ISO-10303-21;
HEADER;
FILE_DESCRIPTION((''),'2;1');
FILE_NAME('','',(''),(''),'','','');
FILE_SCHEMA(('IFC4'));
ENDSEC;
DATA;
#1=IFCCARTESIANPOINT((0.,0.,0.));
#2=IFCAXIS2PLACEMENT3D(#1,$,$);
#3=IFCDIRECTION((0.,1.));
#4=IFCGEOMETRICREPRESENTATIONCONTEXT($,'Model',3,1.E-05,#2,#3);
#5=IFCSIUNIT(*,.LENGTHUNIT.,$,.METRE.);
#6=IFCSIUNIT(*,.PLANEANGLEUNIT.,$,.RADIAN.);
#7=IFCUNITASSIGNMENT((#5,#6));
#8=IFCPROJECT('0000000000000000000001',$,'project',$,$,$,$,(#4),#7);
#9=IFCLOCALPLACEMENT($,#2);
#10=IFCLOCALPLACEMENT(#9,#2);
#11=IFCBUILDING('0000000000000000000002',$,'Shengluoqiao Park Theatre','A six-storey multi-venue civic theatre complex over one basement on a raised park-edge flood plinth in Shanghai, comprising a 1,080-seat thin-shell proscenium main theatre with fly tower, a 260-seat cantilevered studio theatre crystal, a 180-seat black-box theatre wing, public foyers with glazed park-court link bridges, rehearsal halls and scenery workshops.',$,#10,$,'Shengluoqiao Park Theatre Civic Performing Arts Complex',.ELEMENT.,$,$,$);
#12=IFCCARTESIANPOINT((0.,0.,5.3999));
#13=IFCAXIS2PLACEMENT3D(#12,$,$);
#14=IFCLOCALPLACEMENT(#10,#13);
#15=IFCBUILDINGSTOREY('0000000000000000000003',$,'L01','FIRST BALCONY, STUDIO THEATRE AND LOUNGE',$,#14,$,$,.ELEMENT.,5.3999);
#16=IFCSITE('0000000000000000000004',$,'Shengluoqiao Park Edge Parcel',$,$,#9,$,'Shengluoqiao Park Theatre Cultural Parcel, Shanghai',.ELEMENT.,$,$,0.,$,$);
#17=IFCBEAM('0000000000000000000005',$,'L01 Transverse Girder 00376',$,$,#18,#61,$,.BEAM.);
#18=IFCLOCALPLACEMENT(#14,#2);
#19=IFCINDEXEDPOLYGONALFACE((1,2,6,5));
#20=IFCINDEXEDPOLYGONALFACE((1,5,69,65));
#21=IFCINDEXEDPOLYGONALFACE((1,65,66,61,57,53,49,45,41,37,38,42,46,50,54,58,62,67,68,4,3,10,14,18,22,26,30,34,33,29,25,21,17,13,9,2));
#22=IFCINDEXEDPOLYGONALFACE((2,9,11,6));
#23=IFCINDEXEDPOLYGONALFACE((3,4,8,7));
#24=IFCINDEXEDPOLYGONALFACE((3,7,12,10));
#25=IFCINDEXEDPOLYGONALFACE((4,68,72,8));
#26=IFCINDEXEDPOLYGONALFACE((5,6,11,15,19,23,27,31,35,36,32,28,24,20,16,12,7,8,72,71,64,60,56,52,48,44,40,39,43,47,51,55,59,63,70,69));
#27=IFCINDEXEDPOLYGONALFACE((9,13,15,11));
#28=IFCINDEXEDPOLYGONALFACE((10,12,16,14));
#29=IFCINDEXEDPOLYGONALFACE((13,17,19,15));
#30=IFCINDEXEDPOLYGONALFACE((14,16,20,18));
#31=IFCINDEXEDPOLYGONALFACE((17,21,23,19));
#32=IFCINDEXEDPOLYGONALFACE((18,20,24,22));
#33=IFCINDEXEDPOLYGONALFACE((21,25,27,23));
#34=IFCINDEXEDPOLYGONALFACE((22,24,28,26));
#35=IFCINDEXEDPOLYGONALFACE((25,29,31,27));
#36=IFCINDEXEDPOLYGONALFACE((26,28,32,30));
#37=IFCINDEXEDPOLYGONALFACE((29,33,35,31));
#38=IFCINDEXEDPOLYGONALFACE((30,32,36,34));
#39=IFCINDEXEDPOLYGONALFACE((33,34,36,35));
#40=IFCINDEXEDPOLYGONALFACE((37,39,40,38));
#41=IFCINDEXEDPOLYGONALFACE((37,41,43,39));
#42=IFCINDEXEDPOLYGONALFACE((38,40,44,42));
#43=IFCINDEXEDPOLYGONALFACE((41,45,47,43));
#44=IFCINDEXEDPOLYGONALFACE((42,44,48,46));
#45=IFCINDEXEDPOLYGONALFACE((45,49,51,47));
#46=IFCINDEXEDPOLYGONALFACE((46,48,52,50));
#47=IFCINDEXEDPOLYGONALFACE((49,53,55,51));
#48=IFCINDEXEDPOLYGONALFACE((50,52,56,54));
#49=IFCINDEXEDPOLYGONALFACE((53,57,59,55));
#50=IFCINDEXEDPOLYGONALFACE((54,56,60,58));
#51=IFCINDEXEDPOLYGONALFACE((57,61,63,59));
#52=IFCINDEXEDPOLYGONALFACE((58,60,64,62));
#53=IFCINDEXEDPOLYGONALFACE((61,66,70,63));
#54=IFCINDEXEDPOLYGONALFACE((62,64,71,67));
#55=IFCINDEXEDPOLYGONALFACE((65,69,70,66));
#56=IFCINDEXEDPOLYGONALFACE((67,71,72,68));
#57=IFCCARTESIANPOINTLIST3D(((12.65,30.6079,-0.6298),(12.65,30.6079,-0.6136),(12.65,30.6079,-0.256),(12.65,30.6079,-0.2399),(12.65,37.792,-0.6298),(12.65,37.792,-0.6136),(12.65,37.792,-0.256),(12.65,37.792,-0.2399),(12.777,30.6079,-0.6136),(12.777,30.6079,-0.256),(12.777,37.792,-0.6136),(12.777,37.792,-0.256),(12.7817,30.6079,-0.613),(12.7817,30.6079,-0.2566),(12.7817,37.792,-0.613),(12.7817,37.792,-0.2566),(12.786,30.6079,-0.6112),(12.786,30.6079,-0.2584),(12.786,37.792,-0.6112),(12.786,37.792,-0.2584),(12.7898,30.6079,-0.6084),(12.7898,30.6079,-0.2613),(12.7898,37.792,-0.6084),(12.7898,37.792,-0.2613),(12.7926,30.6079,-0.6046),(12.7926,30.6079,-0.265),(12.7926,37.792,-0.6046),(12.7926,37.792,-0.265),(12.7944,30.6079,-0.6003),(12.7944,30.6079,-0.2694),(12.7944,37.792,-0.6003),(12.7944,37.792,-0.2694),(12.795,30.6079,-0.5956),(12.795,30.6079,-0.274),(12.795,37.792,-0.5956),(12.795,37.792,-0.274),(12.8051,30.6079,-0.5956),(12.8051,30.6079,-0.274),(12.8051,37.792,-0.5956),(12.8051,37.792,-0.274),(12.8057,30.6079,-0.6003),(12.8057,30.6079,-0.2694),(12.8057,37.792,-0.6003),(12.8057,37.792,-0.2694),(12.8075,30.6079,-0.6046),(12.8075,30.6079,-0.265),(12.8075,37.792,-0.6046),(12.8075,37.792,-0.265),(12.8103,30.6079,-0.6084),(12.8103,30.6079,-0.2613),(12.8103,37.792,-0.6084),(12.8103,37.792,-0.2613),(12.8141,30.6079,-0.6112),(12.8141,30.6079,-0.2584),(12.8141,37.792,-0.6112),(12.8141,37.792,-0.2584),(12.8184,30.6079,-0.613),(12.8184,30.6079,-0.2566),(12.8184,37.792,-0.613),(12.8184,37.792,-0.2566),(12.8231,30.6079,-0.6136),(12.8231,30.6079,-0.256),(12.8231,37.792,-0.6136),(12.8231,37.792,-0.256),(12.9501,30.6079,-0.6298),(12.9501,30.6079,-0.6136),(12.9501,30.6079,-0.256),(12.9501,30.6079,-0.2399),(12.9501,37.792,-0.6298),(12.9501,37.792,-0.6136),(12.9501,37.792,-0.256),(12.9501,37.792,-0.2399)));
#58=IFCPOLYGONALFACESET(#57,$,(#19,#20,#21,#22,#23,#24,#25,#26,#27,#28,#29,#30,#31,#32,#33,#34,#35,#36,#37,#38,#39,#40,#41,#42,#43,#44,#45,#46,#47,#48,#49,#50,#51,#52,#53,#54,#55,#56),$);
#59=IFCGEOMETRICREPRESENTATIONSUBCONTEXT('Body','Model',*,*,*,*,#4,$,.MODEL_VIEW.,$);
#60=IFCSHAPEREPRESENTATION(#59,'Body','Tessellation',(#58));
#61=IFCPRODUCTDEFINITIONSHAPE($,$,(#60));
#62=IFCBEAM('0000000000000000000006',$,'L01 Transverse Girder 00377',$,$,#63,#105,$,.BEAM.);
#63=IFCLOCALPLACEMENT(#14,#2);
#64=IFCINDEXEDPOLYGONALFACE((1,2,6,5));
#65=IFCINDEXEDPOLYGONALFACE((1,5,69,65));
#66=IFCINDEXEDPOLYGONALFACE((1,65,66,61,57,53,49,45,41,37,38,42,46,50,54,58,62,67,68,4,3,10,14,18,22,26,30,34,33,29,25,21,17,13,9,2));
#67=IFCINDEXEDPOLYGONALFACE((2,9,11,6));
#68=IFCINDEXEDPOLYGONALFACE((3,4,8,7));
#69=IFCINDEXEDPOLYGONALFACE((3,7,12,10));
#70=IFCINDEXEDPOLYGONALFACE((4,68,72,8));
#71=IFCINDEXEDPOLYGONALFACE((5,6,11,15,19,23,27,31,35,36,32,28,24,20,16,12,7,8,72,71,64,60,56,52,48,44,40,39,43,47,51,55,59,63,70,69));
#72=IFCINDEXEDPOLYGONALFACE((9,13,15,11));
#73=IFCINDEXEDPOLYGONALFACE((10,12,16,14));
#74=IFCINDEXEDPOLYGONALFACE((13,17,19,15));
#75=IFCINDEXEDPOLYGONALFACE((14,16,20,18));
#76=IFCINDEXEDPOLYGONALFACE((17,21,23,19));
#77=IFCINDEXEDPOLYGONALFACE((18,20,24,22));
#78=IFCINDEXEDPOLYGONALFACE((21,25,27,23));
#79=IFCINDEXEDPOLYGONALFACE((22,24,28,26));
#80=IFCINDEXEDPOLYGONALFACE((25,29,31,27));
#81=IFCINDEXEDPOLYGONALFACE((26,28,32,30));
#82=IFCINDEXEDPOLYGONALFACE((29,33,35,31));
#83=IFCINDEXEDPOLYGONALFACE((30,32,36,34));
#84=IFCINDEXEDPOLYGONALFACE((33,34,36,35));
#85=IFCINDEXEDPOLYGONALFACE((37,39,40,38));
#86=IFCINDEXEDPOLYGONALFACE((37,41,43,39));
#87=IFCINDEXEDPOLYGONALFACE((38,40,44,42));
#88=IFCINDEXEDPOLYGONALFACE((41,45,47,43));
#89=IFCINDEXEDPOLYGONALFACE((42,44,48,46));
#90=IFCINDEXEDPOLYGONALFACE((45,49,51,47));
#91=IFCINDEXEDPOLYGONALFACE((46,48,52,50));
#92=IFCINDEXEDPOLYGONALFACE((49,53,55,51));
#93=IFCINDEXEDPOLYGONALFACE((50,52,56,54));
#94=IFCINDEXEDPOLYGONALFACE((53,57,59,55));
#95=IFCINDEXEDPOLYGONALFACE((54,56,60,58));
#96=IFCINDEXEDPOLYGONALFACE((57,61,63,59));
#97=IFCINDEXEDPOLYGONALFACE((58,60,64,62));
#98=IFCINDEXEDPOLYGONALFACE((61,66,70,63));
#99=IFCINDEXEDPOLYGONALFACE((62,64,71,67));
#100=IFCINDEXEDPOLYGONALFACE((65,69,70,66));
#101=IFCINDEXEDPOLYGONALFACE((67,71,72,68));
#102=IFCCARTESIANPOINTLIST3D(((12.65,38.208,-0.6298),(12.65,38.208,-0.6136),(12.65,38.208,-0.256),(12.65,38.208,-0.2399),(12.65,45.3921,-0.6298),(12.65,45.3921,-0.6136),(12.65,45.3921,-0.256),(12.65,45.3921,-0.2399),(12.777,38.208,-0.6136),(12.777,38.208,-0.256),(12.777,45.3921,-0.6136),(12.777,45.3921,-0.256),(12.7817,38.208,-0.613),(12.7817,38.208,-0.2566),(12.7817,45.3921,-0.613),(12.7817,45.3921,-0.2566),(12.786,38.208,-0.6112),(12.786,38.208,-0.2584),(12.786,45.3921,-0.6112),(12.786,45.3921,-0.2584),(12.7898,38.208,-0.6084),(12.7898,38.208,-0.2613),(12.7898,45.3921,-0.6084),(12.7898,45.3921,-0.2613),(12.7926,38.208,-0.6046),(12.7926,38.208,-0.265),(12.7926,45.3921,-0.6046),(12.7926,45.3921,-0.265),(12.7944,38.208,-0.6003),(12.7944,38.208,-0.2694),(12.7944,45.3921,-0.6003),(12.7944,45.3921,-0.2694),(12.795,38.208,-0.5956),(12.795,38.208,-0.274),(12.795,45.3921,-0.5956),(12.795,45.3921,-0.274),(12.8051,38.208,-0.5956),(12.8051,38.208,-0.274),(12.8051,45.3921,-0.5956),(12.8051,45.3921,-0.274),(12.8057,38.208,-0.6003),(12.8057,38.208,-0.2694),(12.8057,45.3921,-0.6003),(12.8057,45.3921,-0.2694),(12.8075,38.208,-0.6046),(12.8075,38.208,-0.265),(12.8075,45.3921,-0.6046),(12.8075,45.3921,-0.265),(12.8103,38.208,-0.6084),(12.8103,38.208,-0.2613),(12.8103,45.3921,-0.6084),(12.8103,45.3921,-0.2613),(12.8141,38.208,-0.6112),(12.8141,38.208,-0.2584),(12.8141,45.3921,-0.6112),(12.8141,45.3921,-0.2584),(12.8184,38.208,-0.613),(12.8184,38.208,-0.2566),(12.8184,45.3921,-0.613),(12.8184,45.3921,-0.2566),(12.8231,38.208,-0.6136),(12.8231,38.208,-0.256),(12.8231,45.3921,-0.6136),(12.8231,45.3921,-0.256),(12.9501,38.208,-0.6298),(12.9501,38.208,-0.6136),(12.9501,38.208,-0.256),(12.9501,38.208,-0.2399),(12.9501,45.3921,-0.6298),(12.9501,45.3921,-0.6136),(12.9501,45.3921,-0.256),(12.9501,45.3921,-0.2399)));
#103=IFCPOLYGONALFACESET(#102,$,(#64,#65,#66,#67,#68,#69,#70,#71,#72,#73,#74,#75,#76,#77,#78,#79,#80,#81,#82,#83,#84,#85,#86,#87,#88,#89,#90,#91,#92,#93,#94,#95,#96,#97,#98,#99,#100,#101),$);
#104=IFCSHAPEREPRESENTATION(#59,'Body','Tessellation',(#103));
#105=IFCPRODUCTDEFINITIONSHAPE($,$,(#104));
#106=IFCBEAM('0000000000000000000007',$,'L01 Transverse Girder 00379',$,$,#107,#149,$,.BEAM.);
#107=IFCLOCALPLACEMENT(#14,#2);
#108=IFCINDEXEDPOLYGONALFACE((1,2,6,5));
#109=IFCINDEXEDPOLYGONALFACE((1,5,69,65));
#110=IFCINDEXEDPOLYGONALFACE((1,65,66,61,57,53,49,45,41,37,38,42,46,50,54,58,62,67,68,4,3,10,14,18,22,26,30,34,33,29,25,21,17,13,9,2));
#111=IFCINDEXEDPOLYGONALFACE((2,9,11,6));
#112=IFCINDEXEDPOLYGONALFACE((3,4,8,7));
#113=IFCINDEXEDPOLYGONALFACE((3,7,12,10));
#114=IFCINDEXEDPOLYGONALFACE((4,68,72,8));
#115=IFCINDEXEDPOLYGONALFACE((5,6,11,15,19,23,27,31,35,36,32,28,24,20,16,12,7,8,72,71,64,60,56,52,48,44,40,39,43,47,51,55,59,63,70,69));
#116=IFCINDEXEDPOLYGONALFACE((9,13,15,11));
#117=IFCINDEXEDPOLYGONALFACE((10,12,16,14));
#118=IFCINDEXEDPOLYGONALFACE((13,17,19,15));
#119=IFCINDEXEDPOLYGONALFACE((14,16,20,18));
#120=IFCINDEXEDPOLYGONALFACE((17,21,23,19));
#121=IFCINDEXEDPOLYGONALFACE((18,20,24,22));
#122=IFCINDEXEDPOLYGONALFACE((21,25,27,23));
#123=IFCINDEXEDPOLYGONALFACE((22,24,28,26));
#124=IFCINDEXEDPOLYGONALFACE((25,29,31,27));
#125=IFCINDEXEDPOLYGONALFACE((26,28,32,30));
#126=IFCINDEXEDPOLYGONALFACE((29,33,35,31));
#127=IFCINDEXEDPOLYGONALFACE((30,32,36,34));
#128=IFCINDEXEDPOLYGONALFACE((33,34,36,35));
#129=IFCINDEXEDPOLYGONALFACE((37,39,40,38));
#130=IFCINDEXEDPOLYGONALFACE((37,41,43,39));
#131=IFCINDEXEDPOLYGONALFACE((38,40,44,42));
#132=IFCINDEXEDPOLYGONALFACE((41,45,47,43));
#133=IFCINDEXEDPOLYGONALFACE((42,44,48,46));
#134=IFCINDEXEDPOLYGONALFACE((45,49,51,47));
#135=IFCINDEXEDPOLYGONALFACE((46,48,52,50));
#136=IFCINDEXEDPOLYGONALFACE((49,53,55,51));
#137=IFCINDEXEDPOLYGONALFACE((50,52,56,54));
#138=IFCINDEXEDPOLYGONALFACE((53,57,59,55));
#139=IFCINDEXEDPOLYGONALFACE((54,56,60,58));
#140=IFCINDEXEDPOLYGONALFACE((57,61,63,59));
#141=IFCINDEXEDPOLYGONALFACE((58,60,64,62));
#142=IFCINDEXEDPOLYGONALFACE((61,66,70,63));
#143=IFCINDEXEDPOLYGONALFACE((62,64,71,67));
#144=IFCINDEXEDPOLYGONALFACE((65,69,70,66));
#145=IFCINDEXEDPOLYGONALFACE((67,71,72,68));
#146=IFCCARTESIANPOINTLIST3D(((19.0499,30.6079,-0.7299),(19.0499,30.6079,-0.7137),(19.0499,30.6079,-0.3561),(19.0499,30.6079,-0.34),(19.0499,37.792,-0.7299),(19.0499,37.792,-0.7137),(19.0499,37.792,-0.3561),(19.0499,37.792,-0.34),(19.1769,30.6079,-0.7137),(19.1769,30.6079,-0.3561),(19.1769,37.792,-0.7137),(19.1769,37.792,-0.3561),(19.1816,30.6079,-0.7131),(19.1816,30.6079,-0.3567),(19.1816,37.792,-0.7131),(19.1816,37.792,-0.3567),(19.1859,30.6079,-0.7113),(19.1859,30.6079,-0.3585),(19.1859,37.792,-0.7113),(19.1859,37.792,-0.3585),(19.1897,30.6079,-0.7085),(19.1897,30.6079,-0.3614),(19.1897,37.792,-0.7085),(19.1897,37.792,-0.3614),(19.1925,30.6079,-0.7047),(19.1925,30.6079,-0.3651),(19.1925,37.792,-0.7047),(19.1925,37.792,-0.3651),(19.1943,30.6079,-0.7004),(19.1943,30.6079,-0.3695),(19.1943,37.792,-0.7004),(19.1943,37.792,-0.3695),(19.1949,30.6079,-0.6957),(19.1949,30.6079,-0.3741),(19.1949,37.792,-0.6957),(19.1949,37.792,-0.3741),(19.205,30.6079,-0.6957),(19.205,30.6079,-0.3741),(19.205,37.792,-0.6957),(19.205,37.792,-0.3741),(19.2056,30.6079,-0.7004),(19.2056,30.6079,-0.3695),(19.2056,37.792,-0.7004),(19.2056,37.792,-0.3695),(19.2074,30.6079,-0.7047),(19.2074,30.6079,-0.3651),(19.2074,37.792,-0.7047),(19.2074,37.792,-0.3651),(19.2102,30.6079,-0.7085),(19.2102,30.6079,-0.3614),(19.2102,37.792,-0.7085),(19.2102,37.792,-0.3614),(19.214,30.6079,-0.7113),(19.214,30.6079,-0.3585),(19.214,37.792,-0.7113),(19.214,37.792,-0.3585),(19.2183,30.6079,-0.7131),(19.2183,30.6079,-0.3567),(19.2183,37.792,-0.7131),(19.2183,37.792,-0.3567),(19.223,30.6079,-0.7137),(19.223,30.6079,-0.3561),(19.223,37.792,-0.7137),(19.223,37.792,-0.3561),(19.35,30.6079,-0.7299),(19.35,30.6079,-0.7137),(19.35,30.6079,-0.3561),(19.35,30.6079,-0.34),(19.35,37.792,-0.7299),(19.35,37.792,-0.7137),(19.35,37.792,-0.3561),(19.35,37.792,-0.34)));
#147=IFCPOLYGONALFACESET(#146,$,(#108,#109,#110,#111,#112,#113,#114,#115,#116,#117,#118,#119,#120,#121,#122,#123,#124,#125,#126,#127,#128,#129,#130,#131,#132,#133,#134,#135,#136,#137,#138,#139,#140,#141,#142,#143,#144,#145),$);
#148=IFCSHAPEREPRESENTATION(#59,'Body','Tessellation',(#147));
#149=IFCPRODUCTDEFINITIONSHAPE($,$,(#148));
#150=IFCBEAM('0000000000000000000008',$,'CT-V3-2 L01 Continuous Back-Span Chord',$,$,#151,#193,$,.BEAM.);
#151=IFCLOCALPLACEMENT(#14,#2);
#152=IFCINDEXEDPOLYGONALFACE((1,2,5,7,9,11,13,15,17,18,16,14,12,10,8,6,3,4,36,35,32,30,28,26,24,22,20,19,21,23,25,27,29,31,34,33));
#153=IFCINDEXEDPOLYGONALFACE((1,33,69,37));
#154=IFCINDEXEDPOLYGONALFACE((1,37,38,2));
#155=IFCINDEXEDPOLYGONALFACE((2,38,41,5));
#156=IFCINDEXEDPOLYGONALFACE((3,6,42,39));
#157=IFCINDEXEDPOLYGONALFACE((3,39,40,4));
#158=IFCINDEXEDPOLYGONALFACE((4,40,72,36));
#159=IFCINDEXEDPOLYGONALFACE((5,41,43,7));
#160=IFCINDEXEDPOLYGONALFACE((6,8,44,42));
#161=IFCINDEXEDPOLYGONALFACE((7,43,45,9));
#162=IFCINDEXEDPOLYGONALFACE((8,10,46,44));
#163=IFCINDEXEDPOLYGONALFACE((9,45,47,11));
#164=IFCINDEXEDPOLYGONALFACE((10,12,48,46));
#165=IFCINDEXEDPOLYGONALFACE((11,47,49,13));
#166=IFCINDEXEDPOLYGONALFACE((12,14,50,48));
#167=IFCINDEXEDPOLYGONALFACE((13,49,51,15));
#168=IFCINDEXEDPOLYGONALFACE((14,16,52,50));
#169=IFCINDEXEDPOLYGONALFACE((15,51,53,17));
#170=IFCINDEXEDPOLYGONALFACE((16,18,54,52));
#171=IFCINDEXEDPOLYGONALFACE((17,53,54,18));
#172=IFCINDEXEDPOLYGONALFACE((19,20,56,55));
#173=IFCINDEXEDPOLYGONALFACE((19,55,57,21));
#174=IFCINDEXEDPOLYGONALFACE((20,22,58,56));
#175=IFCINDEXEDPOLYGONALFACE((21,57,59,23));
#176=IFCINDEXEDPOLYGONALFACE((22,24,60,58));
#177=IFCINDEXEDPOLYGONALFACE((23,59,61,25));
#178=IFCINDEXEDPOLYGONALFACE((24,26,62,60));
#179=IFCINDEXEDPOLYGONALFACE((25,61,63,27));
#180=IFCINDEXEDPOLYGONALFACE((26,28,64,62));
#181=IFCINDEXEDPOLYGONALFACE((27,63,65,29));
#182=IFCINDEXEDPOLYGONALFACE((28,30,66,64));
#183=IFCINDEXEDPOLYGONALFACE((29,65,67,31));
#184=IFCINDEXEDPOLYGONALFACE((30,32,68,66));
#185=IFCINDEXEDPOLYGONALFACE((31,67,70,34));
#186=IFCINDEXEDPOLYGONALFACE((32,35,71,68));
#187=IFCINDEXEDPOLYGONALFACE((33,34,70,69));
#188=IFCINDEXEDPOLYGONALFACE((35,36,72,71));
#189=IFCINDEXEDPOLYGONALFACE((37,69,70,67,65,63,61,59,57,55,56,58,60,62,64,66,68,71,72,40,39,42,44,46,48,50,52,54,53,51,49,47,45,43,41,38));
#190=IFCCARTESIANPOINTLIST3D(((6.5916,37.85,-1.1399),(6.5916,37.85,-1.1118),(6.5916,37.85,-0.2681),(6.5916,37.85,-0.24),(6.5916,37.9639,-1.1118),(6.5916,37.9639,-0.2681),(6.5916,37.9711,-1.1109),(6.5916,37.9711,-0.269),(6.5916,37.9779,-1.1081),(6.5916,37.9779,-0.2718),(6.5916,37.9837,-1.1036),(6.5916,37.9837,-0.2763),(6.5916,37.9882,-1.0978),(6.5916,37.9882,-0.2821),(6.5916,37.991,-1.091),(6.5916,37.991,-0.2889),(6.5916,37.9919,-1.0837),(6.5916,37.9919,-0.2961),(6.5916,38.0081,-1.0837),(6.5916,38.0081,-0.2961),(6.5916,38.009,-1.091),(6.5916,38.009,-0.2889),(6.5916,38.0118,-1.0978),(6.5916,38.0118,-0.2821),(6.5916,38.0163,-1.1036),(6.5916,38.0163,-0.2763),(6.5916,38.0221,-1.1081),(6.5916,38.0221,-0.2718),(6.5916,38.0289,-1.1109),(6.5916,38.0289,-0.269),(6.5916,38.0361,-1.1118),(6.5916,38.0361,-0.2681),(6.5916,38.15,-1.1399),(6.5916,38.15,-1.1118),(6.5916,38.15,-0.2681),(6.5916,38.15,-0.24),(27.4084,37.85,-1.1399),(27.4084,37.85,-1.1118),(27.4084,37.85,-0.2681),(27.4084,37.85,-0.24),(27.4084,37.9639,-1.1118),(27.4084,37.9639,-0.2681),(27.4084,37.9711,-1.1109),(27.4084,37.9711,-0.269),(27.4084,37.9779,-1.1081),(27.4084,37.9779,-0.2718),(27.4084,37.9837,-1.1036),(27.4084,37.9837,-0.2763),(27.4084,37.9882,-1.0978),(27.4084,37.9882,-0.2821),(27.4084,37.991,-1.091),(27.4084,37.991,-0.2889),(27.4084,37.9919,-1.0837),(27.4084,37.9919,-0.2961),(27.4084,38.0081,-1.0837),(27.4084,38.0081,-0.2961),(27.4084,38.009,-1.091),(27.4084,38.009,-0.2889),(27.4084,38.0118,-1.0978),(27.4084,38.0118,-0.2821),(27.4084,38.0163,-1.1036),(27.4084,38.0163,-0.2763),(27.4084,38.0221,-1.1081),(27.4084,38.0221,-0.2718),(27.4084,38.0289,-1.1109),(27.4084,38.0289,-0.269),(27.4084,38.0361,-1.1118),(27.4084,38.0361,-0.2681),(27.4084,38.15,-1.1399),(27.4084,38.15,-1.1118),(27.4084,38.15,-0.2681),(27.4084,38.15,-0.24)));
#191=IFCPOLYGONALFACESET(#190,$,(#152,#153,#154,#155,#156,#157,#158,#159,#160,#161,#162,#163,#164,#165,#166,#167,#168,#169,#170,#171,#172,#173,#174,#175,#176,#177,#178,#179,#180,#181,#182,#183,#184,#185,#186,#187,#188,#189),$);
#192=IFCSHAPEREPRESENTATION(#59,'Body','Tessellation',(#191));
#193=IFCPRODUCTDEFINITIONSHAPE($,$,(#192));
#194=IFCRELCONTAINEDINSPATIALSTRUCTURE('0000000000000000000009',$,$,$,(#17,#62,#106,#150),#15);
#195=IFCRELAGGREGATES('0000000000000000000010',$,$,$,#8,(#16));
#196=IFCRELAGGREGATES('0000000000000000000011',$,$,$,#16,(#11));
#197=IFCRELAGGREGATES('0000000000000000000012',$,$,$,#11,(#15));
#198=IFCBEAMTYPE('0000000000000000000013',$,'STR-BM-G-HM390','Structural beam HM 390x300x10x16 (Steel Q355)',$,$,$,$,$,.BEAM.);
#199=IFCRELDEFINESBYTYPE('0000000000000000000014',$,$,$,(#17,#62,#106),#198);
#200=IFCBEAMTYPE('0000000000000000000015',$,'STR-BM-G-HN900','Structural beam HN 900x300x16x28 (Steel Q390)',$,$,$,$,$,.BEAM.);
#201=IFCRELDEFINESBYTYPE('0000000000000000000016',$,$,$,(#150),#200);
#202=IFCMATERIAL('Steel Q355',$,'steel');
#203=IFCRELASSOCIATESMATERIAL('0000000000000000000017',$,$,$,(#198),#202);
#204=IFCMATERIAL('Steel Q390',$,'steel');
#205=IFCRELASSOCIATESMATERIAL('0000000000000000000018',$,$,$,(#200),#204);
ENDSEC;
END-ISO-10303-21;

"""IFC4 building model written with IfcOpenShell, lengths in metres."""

from ifc_helpers import new_model, si_unit, direction, frame, origin, origin_2d, place, context, subcontext, project, spatial, i_section, extrude, material, material_profile, profile_set, type_object, element, save


model = new_model("IFC4")

# Units and contexts
model_context = context("Model", 3, precision=1e-05, world=origin(), true_north=direction((0.0, 1.0)))
body_context = subcontext(model_context, "Body", "Model", "MODEL_VIEW")
ifc_project = project(units=[si_unit("LENGTHUNIT", "METRE"), si_unit("PLANEANGLEUNIT", "RADIAN")], contexts=[model_context])

# Site, building, storey
site_placement = place(None, origin())
site = spatial("IfcSite", under=ifc_project, at=site_placement, Name="Shengluoqiao Park Edge Parcel", LongName="Shengluoqiao Park Theatre Cultural Parcel, Shanghai", CompositionType="ELEMENT", RefElevation=0.0)
building_placement = place(site_placement, origin())
building = spatial("IfcBuilding", under=site, at=building_placement, Name="Shengluoqiao Park Theatre", Description="A six-storey multi-venue civic theatre complex over one basement on a raised park-edge flood plinth in Shanghai, comprising a 1,080-seat thin-shell proscenium main theatre with fly tower, a 260-seat cantilevered studio theatre crystal, a 180-seat black-box theatre wing, public foyers with glazed park-court link bridges, rehearsal halls and scenery workshops.", LongName="Shengluoqiao Park Theatre Civic Performing Arts Complex", CompositionType="ELEMENT")
storey_placement = place(building_placement, frame((0.0, 0.0, 5.3999)))
storey = spatial("IfcBuildingStorey", under=building, at=storey_placement, Name="L01", Description="FIRST BALCONY, STUDIO THEATRE AND LOUNGE", CompositionType="ELEMENT", Elevation=5.3999)

# Shared definitions
ifc_material_1 = material(Name="Steel Q355", Category="steel")

# Beams
ifc_material_profile_1 = material_profile(ifc_material_1, i_section(OverallWidth=0.3, OverallDepth=0.3899, WebThickness=0.01, FlangeThickness=0.0161, FilletRadius=0.0181, at=origin_2d()), Name="HM 390x300x10x16")
ifc_profile_set_1 = profile_set([ifc_material_profile_1], Name="Steel Q355")
beam_type_1 = type_object("IfcBeamType", Name="STR-BM-G-HM390", Description="Structural beam HM 390x300x10x16 (Steel Q355)", PredefinedType="BEAM", material=ifc_profile_set_1)
for number, where, z_axis, x_axis, name in (
    (1, (12.8, 30.6079, -0.4348), (0.0, 1.0, 0.0), (-1.0, 0.0, 0.0), "L01 Transverse Girder 00376"),
    (2, (12.8, 38.208, -0.4348), (0.0, 1.0, 0.0), (-1.0, 0.0, 0.0), "L01 Transverse Girder 00377"),
    (3, (19.2, 30.6079, -0.5349), (0.0, 1.0, 0.0), (-1.0, 0.0, 0.0), "L01 Transverse Girder 00379"),
):
    element("IfcBeam", number, at=place(storey_placement, frame(where, z_axis=z_axis, x_axis=x_axis)), inside=storey, type_object=beam_type_1, Name=name, PredefinedType="BEAM", context=body_context, shape_type="SweptSolid", body=[
        extrude(i_section(OverallWidth=0.3, OverallDepth=0.3899, WebThickness=0.01, FlangeThickness=0.0161, FilletRadius=0.0181, at=origin_2d()), origin(), (0.0, 0.0, 1.0), 7.1841),
    ])
ifc_material_2 = material(Name="Steel Q390", Category="steel")
ifc_material_profile_2 = material_profile(ifc_material_2, i_section(OverallWidth=0.3, OverallDepth=0.8999, WebThickness=0.0161, FlangeThickness=0.0281, FilletRadius=0.0281, at=origin_2d()), Name="HN 900x300x16x28")
ifc_profile_set_2 = profile_set([ifc_material_profile_2], Name="Steel Q390")
beam_type_2 = type_object("IfcBeamType", Name="STR-BM-G-HN900", Description="Structural beam HN 900x300x16x28 (Steel Q390)", PredefinedType="BEAM", material=ifc_profile_set_2)
for number, where, z_axis, x_axis, name in (
    (4, (6.5916, 38.0, -0.6899), (1.0, 0.0, 0.0), (0.0, 1.0, 0.0), "CT-V3-2 L01 Continuous Back-Span Chord"),
):
    element("IfcBeam", number, at=place(storey_placement, frame(where, z_axis=z_axis, x_axis=x_axis)), inside=storey, type_object=beam_type_2, Name=name, PredefinedType="BEAM", context=body_context, shape_type="SweptSolid", body=[
        extrude(i_section(OverallWidth=0.3, OverallDepth=0.8999, WebThickness=0.0161, FlangeThickness=0.0281, FilletRadius=0.0281, at=origin_2d()), origin(), (0.0, 0.0, 1.0), 20.8169),
    ])

save(model, "model.ifc")
